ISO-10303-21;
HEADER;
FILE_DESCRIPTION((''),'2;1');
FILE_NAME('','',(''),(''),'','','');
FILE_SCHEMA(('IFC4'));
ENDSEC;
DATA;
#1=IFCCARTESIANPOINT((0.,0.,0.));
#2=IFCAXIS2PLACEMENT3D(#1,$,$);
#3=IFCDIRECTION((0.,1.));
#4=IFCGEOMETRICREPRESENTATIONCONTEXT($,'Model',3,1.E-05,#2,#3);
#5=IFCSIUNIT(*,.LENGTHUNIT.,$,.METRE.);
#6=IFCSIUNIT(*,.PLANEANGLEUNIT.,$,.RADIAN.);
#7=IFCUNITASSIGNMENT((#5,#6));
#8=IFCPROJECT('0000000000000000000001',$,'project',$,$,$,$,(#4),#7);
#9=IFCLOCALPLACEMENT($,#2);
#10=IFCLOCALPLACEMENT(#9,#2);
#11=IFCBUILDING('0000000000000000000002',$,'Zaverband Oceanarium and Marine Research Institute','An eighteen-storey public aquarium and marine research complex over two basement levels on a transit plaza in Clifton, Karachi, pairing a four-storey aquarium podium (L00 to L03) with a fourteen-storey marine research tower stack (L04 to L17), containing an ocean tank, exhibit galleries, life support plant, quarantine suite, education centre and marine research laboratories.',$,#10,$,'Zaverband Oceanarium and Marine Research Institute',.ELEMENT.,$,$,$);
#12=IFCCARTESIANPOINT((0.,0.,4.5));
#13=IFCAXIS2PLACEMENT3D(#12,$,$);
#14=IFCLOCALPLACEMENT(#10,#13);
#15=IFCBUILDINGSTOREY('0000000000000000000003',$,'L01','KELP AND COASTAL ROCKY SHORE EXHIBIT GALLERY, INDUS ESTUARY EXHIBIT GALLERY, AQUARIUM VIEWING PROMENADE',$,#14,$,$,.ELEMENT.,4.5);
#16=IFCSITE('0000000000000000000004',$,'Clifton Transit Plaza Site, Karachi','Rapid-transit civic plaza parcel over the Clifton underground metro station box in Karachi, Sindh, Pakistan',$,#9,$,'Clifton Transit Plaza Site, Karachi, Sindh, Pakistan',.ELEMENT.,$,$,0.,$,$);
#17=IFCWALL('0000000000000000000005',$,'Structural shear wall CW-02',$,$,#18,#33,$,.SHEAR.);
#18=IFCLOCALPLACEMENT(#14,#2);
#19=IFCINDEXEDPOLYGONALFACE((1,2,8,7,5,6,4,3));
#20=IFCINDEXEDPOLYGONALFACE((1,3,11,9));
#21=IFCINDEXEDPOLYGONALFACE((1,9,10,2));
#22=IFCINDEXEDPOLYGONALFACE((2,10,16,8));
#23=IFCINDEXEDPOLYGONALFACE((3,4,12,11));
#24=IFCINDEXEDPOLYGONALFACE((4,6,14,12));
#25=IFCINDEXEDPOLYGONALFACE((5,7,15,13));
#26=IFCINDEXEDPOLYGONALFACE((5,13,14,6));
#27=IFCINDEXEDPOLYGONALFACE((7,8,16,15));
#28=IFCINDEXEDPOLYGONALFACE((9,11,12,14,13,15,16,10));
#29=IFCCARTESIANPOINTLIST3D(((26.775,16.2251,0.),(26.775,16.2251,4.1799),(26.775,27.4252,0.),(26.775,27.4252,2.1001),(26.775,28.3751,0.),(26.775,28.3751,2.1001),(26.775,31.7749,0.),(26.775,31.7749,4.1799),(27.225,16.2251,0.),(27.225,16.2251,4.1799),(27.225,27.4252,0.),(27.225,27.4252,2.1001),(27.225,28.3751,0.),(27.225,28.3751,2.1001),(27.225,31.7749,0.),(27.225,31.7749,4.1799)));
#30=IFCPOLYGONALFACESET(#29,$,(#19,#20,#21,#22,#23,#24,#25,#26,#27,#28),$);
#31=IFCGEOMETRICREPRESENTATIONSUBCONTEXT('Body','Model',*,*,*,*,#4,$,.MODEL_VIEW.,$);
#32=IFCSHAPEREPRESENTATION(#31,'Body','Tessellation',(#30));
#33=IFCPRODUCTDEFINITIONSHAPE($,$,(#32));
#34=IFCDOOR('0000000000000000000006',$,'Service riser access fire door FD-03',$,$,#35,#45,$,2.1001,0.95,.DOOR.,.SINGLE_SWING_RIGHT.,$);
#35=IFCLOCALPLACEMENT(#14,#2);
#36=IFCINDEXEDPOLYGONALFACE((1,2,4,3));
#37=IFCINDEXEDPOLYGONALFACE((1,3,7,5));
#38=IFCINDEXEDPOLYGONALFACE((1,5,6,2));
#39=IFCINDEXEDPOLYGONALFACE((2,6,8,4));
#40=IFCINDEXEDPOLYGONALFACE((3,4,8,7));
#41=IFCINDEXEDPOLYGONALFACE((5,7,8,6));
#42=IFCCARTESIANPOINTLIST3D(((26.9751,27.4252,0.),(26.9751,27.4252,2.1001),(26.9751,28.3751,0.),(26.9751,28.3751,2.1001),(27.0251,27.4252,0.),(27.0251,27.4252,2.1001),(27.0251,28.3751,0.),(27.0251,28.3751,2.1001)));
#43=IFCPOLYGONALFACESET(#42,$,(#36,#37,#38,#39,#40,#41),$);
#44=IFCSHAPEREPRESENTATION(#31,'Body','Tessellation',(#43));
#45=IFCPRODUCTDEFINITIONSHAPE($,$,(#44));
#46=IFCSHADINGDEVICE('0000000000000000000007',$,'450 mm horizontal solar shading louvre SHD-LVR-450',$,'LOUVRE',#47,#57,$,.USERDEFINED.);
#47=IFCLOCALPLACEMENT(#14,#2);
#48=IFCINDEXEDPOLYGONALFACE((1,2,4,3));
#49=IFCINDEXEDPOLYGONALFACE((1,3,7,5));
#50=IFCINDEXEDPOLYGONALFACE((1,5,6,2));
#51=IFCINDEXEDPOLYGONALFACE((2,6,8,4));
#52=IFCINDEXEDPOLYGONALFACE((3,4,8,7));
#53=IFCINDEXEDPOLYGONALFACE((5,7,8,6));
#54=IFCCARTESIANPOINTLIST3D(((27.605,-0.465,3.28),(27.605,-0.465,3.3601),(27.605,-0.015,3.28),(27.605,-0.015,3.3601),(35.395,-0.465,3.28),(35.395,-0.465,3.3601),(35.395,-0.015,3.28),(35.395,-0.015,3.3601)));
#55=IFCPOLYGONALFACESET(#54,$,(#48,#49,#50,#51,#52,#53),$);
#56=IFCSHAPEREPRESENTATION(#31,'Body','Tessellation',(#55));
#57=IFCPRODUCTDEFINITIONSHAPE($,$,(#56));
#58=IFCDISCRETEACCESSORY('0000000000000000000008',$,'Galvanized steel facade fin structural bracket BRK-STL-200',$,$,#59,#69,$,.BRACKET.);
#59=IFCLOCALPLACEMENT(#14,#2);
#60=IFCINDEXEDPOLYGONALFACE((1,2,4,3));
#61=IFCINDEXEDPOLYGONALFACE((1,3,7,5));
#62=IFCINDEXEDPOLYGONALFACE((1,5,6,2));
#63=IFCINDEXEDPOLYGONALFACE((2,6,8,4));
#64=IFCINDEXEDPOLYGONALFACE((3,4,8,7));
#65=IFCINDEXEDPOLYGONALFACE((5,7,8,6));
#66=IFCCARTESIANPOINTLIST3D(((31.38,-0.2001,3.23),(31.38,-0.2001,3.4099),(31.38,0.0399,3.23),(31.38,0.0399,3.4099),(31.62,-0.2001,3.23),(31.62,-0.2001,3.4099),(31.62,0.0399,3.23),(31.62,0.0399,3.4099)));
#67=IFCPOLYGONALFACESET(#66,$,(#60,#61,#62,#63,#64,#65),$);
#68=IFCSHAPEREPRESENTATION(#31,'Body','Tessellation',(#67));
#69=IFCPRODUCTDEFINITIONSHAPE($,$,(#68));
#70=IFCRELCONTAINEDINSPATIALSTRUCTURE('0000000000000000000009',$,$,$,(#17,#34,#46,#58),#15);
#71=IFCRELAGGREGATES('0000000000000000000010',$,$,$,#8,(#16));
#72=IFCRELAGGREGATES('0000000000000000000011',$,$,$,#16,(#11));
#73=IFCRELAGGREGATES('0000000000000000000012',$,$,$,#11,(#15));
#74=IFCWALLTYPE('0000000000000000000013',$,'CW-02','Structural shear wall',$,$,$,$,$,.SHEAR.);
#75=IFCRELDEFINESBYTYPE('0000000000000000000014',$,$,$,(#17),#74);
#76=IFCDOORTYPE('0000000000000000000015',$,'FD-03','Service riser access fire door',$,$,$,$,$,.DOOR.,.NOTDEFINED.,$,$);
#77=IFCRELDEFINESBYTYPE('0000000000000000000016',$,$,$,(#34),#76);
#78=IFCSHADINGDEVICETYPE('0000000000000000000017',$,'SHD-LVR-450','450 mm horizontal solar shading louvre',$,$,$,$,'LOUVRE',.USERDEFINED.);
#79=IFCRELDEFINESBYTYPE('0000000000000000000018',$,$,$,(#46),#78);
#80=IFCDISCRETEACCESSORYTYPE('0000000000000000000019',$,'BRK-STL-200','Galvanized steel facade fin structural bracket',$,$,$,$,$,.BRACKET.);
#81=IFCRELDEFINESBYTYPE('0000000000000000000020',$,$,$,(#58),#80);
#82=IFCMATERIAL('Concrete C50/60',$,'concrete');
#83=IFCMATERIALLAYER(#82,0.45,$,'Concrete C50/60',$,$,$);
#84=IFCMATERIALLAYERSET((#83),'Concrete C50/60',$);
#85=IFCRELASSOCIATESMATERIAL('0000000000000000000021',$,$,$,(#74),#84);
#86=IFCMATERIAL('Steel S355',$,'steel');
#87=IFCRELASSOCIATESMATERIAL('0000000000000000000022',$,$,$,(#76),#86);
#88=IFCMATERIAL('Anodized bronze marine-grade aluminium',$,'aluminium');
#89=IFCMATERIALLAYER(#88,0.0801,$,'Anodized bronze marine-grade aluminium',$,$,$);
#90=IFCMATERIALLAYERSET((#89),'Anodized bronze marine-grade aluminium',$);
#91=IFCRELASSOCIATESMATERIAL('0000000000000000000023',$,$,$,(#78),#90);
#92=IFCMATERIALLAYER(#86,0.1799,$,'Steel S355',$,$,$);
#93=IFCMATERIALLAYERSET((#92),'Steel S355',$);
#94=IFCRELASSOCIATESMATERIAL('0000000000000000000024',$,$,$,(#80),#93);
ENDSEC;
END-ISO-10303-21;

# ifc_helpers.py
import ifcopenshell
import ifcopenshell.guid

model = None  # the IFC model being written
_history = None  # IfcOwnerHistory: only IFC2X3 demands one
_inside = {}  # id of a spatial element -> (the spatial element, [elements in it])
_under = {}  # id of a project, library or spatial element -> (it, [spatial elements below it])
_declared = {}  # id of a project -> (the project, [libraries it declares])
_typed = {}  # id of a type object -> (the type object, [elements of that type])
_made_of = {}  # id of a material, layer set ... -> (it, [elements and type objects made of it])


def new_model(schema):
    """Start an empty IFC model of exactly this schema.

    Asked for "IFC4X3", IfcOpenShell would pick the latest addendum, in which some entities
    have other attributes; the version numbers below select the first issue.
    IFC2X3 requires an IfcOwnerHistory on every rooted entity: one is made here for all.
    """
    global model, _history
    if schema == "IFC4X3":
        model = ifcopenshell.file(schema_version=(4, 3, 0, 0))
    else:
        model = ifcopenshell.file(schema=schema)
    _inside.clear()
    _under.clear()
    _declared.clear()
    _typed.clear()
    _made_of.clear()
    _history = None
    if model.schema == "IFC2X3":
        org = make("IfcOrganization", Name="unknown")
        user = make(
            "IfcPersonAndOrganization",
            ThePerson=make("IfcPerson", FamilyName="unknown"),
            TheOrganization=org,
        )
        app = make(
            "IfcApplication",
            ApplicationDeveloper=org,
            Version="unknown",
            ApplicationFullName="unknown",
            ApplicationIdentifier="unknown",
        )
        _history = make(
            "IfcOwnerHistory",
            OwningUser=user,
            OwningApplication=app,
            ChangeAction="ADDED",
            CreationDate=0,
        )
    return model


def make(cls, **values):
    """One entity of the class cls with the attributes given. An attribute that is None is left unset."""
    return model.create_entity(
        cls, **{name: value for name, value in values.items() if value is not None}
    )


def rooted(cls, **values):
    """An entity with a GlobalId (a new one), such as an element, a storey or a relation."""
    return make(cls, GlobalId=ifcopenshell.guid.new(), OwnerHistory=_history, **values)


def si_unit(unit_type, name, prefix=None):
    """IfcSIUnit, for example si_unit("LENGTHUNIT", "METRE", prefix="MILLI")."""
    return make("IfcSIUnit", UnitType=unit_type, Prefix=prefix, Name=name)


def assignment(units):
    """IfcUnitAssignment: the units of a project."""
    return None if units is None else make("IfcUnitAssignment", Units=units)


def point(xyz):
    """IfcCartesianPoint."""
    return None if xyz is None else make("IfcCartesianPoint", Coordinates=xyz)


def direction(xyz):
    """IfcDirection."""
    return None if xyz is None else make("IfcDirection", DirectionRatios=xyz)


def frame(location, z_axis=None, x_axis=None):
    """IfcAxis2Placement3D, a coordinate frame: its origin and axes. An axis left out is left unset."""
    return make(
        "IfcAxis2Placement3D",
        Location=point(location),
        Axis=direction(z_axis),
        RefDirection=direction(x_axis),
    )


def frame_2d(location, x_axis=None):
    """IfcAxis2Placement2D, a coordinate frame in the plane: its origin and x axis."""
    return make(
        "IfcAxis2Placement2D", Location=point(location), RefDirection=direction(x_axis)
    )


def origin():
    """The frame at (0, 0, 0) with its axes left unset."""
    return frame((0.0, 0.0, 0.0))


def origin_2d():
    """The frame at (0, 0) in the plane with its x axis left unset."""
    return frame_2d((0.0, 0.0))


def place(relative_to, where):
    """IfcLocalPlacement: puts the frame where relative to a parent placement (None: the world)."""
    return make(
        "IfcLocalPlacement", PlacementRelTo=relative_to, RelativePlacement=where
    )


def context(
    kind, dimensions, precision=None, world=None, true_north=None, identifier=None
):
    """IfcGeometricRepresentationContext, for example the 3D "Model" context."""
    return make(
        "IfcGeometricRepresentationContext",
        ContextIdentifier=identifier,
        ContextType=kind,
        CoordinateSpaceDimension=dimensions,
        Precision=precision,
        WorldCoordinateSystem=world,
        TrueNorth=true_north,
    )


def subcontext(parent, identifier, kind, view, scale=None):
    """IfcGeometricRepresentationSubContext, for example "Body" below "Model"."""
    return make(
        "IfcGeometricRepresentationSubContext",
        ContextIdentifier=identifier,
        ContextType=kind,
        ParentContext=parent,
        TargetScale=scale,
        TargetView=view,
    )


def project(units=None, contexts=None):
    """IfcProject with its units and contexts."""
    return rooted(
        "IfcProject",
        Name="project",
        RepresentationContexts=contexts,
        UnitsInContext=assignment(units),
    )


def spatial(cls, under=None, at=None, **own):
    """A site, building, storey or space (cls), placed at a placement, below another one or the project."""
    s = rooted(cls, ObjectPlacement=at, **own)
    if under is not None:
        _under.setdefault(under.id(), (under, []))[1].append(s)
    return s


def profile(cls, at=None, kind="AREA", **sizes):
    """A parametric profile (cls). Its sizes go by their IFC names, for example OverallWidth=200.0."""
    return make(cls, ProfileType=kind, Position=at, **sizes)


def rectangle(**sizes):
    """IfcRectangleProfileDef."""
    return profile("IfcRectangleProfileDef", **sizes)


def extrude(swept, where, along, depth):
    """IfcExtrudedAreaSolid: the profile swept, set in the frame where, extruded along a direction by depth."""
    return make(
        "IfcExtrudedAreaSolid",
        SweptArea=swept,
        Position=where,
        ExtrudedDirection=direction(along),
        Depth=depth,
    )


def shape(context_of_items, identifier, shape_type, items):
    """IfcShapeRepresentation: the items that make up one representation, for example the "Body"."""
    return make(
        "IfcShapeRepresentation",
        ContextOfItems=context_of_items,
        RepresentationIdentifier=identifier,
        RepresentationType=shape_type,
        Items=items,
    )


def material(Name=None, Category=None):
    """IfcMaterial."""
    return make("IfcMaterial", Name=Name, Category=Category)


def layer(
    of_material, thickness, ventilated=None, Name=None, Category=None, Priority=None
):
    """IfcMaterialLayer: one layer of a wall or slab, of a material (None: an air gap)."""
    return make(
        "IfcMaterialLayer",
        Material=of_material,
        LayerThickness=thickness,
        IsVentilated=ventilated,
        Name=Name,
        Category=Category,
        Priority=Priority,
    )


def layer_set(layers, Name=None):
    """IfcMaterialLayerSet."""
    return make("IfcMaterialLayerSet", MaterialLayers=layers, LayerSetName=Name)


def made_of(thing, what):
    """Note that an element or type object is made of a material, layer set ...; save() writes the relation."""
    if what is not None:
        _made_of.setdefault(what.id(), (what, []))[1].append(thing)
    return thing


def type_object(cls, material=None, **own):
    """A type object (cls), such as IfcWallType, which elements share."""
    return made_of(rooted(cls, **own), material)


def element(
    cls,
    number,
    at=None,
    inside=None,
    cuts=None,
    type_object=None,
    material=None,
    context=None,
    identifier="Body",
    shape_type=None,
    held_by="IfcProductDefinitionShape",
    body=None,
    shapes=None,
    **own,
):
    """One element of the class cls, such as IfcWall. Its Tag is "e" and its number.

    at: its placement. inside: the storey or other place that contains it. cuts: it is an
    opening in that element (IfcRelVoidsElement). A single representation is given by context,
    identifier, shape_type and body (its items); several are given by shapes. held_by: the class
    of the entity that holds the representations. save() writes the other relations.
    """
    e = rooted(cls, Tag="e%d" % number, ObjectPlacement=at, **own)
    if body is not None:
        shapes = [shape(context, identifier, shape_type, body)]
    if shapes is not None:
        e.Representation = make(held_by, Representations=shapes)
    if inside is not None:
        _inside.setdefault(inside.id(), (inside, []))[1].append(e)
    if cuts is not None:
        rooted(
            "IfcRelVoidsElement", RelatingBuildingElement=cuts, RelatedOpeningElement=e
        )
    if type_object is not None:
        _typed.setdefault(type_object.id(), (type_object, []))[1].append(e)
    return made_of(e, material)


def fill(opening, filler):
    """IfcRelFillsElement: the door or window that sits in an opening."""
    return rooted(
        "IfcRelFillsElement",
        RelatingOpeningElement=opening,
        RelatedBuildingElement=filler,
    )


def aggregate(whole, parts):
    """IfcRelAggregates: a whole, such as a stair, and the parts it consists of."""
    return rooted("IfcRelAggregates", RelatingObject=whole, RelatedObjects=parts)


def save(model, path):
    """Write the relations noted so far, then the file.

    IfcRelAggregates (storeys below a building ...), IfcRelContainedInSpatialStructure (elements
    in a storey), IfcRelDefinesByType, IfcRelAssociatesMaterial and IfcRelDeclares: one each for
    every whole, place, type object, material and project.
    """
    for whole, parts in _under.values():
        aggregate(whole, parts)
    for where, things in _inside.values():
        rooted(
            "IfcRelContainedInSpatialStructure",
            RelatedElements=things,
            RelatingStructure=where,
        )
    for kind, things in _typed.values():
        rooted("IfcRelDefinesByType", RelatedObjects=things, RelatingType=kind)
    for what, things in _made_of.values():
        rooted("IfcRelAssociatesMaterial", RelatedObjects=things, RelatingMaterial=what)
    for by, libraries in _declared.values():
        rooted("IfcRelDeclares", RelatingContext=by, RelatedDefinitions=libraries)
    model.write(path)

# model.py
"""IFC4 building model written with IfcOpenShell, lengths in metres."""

from ifc_helpers import new_model, si_unit, direction, frame, frame_2d, origin, origin_2d, place, context, subcontext, project, spatial, rectangle, extrude, material, layer, layer_set, type_object, element, fill, save


model = new_model("IFC4")

# Units and contexts
model_context = context("Model", 3, precision=1e-05, world=origin(), true_north=direction((0.0, 1.0)))
body_context = subcontext(model_context, "Body", "Model", "MODEL_VIEW")
ifc_project = project(units=[si_unit("LENGTHUNIT", "METRE"), si_unit("PLANEANGLEUNIT", "RADIAN")], contexts=[model_context])

# Site, building, storey
site_placement = place(None, origin())
site = spatial("IfcSite", under=ifc_project, at=site_placement, Name="Clifton Transit Plaza Site, Karachi", Description="Rapid-transit civic plaza parcel over the Clifton underground metro station box in Karachi, Sindh, Pakistan", LongName="Clifton Transit Plaza Site, Karachi, Sindh, Pakistan", CompositionType="ELEMENT", RefElevation=0.0)
building_placement = place(site_placement, origin())
building = spatial("IfcBuilding", under=site, at=building_placement, Name="Zaverband Oceanarium and Marine Research Institute", Description="An eighteen-storey public aquarium and marine research complex over two basement levels on a transit plaza in Clifton, Karachi, pairing a four-storey aquarium podium (L00 to L03) with a fourteen-storey marine research tower stack (L04 to L17), containing an ocean tank, exhibit galleries, life support plant, quarantine suite, education centre and marine research laboratories.", LongName="Zaverband Oceanarium and Marine Research Institute", CompositionType="ELEMENT")
storey_placement = place(building_placement, frame((0.0, 0.0, 4.5)))
storey = spatial("IfcBuildingStorey", under=building, at=storey_placement, Name="L01", Description="KELP AND COASTAL ROCKY SHORE EXHIBIT GALLERY, INDUS ESTUARY EXHIBIT GALLERY, AQUARIUM VIEWING PROMENADE", CompositionType="ELEMENT", Elevation=4.5)

# Shared definitions
ifc_material_1 = material(Name="Concrete C50/60", Category="concrete")

# Wall, opening, door
ifc_layer_1 = layer(ifc_material_1, 0.45, Name="Concrete C50/60")
ifc_layer_set_1 = layer_set([ifc_layer_1], Name="Concrete C50/60")
wall_type = type_object("IfcWallType", Name="CW-02", Description="Structural shear wall", PredefinedType="SHEAR", material=ifc_layer_set_1)
ifc_material_2 = material(Name="Steel S355", Category="steel")
wall_1_placement = place(storey_placement, frame((27.0, 16.2251, 0.0), z_axis=(0.0, 0.0, 1.0), x_axis=(0.0, 1.0, 0.0)))
wall_1 = element("IfcWall", 1, at=wall_1_placement, inside=storey, type_object=wall_type, Name="Structural shear wall CW-02", PredefinedType="SHEAR", context=body_context, shape_type="SweptSolid", body=[
    extrude(rectangle(XDim=15.5498, YDim=0.45, at=frame_2d((7.7749, 0.0))), origin(), (0.0, 0.0, 1.0), 4.1799),
])
opening_1_placement = place(wall_1_placement, frame((11.2, 0.0, 0.0)))
opening_1 = element("IfcOpeningElement", 2, at=opening_1_placement, cuts=wall_1, PredefinedType="OPENING", context=body_context, shape_type="SweptSolid", body=[
    extrude(rectangle(XDim=0.95, YDim=2.1001, at=frame_2d((0.4751, 1.05))), frame((0.0, 0.2368, 0.0), z_axis=(0.0, -1.0, 0.0), x_axis=(1.0, 0.0, 0.0)), (0.0, 0.0, 1.0), 0.4739),
])
door_type_1 = type_object("IfcDoorType", Name="FD-03", Description="Service riser access fire door", OperationType="NOTDEFINED", PredefinedType="DOOR", material=ifc_material_2)
door_1_placement = place(opening_1_placement, origin())
door_1 = element("IfcDoor", 3, at=door_1_placement, inside=storey, type_object=door_type_1, Name="Service riser access fire door FD-03", OperationType="SINGLE_SWING_RIGHT", OverallHeight=2.1001, OverallWidth=0.95, PredefinedType="DOOR", context=body_context, shape_type="SweptSolid", body=[
    extrude(rectangle(XDim=0.95, YDim=2.1001, at=frame_2d((0.4751, 1.05))), frame((0.0, 0.0249, 0.0), z_axis=(0.0, -1.0, 0.0), x_axis=(1.0, 0.0, 0.0)), (0.0, 0.0, 1.0), 0.05),
])
fill(opening_1, door_1)

# Shading device
ifc_material_3 = material(Name="Anodized bronze marine-grade aluminium", Category="aluminium")
ifc_layer_2 = layer(ifc_material_3, 0.0801, Name="Anodized bronze marine-grade aluminium")
ifc_layer_set_2 = layer_set([ifc_layer_2], Name="Anodized bronze marine-grade aluminium")
shading_device_type = type_object("IfcShadingDeviceType", Name="SHD-LVR-450", Description="450 mm horizontal solar shading louvre", ElementType="LOUVRE", PredefinedType="USERDEFINED", material=ifc_layer_set_2)
shading_device_placement = place(storey_placement, frame((27.605, -0.24, 3.28), z_axis=(0.0, 0.0, 1.0), x_axis=(1.0, 0.0, 0.0)))
element("IfcShadingDevice", 4, at=shading_device_placement, inside=storey, type_object=shading_device_type, Name="450 mm horizontal solar shading louvre SHD-LVR-450", ObjectType="LOUVRE", PredefinedType="USERDEFINED", context=body_context, shape_type="SweptSolid", body=[
    extrude(rectangle(XDim=7.79, YDim=0.45, at=frame_2d((3.895, 0.0))), origin(), (0.0, 0.0, 1.0), 0.0801),
])

# Discrete accessory
ifc_layer_3 = layer(ifc_material_2, 0.1799, Name="Steel S355")
ifc_layer_set_3 = layer_set([ifc_layer_3], Name="Steel S355")
discrete_accessory_type = type_object("IfcDiscreteAccessoryType", Name="BRK-STL-200", Description="Galvanized steel facade fin structural bracket", PredefinedType="BRACKET", material=ifc_layer_set_3)
discrete_accessory_placement = place(storey_placement, frame((31.5, -0.0801, 3.23), z_axis=(0.0, 0.0, 1.0), x_axis=(1.0, 0.0, 0.0)))
element("IfcDiscreteAccessory", 5, at=discrete_accessory_placement, inside=storey, type_object=discrete_accessory_type, Name="Galvanized steel facade fin structural bracket BRK-STL-200", PredefinedType="BRACKET", context=body_context, shape_type="SweptSolid", body=[
    extrude(rectangle(XDim=0.24, YDim=0.24, at=origin_2d()), origin(), (0.0, 0.0, 1.0), 0.1799),
])

save(model, "model.ifc")
